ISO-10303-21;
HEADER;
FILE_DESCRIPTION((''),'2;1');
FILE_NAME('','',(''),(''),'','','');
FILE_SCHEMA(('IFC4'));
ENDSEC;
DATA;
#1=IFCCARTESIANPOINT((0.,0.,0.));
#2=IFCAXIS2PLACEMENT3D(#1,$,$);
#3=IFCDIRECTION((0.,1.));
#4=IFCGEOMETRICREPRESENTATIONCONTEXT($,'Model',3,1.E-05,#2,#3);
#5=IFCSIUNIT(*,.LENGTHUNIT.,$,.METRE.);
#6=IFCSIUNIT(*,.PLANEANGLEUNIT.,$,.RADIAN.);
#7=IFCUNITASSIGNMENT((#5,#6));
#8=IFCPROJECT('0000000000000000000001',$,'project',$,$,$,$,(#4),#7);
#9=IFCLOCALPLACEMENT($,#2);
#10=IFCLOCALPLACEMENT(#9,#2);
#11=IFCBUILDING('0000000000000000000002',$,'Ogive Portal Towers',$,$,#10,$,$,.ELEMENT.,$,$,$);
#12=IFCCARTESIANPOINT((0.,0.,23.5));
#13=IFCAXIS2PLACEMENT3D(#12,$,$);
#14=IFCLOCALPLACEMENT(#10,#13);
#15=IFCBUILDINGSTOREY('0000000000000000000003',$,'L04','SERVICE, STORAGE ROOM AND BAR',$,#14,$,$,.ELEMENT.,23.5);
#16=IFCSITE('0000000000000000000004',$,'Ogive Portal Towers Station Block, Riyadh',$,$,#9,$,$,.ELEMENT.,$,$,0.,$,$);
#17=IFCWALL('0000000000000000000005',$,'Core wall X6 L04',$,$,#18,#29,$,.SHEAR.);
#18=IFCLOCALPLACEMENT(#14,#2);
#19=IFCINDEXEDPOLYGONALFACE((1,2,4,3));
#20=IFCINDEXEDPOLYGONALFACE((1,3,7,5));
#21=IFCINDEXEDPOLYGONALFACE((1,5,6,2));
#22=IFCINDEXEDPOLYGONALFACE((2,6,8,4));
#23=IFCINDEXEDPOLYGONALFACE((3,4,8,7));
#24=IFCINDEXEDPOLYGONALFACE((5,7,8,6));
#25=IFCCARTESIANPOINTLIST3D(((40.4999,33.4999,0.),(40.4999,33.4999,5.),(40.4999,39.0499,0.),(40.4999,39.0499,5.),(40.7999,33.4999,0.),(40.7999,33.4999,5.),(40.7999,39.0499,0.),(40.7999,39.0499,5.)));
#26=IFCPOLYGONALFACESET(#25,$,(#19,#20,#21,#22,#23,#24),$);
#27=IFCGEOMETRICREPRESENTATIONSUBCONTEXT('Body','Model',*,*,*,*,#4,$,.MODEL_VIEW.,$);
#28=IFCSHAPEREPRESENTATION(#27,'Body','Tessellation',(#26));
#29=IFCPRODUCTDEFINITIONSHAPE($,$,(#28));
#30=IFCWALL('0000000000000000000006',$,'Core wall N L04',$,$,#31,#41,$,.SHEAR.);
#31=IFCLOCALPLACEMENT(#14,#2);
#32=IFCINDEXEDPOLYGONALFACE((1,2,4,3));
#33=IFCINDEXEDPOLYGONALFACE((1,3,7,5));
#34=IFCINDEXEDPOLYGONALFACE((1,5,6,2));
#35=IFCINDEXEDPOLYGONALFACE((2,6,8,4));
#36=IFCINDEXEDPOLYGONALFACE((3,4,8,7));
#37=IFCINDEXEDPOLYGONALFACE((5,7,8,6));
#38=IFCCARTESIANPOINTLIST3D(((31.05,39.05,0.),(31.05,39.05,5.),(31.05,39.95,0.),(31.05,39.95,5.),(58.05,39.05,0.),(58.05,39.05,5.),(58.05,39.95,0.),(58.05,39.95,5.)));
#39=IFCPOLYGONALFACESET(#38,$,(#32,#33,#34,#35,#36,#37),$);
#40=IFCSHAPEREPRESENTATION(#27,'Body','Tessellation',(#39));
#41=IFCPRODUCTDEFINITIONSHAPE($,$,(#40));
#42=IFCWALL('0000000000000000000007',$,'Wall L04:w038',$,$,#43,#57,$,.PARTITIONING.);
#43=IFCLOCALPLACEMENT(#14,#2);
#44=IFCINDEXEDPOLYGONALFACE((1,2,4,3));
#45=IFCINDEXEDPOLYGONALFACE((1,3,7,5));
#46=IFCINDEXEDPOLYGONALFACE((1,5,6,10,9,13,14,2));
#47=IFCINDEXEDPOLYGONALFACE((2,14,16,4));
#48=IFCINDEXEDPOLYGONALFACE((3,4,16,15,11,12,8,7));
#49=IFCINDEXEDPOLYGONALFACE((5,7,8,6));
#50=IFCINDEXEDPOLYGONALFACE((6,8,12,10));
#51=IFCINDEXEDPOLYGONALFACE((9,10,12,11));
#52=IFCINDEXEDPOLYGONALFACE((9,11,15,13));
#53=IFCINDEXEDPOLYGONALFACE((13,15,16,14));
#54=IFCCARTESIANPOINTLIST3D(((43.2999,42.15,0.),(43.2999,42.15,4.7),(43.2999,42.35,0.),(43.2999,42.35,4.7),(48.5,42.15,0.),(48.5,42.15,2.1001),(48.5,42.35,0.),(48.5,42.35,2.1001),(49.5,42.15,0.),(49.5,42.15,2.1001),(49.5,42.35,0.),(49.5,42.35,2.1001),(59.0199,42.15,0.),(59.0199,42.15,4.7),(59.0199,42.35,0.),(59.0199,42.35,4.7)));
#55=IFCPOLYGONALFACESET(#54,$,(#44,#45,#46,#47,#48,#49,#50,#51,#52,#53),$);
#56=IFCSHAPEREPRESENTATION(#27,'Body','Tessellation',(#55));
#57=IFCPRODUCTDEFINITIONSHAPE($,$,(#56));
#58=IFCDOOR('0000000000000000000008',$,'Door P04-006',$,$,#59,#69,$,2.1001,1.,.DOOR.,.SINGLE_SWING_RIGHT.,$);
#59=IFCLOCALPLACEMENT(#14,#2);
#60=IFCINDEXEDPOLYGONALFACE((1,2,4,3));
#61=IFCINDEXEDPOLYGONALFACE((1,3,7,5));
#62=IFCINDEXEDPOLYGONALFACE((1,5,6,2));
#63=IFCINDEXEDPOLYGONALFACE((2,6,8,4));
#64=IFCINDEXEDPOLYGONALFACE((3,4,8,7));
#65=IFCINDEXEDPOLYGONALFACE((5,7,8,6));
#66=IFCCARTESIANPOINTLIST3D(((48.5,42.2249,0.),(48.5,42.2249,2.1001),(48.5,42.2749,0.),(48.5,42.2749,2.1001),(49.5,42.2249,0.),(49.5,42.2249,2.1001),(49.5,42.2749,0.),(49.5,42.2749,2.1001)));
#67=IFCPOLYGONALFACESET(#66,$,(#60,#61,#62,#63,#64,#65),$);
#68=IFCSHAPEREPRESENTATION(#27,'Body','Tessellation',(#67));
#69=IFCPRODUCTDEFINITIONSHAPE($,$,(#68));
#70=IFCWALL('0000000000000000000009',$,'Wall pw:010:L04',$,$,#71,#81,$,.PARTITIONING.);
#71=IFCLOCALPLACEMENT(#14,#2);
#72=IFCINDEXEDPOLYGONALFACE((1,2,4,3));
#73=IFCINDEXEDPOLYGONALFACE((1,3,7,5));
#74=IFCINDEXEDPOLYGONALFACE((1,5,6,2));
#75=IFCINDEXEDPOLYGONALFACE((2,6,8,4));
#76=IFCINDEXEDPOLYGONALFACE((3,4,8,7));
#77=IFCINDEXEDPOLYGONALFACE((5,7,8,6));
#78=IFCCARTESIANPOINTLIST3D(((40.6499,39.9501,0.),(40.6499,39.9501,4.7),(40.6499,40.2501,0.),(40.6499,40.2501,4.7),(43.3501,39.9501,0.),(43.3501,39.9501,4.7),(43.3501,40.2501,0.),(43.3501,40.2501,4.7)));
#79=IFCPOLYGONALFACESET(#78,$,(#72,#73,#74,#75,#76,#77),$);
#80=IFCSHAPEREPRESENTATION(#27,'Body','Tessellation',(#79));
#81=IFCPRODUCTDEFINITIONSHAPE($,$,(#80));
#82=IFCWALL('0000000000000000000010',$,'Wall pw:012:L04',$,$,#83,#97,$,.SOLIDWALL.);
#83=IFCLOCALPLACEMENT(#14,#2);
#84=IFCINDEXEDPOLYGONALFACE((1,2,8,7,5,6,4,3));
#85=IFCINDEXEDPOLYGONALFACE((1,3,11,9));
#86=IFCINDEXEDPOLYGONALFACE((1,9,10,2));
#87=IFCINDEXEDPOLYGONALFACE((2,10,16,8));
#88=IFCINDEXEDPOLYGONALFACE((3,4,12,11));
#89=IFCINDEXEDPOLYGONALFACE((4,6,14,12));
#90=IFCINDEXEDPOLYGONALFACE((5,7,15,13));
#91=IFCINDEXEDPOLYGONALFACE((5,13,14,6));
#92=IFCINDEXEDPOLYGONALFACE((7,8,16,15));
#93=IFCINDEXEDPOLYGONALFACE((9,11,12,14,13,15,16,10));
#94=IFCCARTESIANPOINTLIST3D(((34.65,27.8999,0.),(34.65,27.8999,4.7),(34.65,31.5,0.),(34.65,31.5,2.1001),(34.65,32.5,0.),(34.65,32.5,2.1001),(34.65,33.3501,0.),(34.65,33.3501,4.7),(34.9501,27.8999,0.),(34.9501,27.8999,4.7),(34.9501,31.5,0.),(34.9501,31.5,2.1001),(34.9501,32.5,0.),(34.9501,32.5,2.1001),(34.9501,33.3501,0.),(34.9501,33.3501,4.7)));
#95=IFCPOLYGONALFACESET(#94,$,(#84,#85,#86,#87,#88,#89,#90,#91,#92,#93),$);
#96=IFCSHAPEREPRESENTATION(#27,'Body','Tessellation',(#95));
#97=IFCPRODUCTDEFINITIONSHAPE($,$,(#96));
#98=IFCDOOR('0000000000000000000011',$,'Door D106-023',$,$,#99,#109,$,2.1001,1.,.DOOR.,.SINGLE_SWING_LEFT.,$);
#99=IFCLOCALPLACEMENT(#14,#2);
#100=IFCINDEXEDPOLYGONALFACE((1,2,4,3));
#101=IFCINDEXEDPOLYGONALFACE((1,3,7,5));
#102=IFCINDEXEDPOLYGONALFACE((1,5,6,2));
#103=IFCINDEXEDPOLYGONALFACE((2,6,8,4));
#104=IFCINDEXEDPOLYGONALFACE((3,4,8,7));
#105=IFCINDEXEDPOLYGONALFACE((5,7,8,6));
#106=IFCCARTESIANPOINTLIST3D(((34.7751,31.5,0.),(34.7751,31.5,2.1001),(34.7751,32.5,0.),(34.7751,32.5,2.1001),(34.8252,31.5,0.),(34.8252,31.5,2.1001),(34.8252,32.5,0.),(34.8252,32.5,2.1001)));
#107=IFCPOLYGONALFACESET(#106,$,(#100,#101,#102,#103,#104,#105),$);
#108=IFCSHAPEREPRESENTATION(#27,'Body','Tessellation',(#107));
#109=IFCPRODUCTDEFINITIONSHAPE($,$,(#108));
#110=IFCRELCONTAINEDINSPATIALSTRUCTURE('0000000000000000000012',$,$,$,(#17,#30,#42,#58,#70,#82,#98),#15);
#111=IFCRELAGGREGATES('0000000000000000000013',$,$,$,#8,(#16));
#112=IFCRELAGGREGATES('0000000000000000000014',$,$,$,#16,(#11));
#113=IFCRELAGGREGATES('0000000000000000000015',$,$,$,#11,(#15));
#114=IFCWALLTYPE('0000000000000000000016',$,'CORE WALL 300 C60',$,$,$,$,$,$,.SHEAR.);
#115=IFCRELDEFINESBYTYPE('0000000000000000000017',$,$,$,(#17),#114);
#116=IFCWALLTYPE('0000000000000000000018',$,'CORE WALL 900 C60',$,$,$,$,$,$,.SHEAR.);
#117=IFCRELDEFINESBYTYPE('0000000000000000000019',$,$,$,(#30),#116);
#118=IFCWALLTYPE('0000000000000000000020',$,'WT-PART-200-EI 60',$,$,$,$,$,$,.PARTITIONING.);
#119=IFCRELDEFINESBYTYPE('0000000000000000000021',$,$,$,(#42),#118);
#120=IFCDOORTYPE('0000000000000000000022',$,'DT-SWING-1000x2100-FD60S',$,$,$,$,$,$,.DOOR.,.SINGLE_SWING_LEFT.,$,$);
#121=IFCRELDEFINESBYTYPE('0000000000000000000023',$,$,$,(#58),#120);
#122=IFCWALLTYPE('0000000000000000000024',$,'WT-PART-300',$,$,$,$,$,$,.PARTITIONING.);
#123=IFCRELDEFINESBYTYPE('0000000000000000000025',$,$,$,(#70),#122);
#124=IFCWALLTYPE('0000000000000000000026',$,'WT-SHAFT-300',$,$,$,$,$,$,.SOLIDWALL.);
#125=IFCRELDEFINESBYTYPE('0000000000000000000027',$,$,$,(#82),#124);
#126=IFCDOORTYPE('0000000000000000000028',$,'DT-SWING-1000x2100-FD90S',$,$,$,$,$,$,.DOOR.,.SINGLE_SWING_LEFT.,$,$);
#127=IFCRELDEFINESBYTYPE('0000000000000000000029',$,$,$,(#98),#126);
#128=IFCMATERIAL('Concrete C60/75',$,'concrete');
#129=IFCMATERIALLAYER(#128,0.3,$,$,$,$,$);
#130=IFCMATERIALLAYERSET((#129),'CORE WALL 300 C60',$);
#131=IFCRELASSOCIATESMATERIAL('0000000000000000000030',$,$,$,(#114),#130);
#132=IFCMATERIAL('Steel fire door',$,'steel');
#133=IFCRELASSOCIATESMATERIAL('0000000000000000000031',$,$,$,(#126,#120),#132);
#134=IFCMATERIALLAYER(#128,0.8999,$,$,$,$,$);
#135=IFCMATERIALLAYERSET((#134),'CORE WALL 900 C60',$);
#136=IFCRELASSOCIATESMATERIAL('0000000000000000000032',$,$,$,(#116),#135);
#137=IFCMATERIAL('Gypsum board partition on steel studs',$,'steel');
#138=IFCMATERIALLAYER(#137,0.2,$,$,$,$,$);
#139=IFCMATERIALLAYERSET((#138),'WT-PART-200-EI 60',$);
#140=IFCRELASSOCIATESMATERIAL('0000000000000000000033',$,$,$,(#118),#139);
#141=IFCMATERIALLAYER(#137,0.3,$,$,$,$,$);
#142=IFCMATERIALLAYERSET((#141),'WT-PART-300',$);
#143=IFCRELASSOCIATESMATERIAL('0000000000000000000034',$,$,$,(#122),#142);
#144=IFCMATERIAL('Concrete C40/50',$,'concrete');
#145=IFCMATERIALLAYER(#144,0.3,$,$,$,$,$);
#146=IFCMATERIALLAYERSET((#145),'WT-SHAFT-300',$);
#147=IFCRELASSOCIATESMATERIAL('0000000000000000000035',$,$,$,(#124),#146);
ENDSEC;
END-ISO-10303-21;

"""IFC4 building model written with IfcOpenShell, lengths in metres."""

from ifc_helpers import new_model, si_unit, direction, frame, frame_2d, origin, place, context, subcontext, project, spatial, rectangle, extrude, material, layer, layer_set, type_object, element, fill, save


model = new_model("IFC4")

# Units and contexts
model_context = context("Model", 3, precision=1e-05, world=origin(), true_north=direction((0.0, 1.0)))
body_context = subcontext(model_context, "Body", "Model", "MODEL_VIEW")
ifc_project = project(units=[si_unit("LENGTHUNIT", "METRE"), si_unit("PLANEANGLEUNIT", "RADIAN")], contexts=[model_context])

# Site, building, storey
site_placement = place(None, origin())
site = spatial("IfcSite", under=ifc_project, at=site_placement, Name="Ogive Portal Towers Station Block, Riyadh", CompositionType="ELEMENT", RefElevation=0.0)
building_placement = place(site_placement, origin())
building = spatial("IfcBuilding", under=site, at=building_placement, Name="Ogive Portal Towers", CompositionType="ELEMENT")
storey_placement = place(building_placement, frame((0.0, 0.0, 23.5)))
storey = spatial("IfcBuildingStorey", under=building, at=storey_placement, Name="L04", Description="SERVICE, STORAGE ROOM AND BAR", CompositionType="ELEMENT", Elevation=23.5)

# Shared definitions
ifc_material_1 = material(Name="Concrete C40/50", Category="concrete")

# Shared definitions
ifc_material_2 = material(Name="Concrete C60/75", Category="concrete")
ifc_layer_1 = layer(ifc_material_2, 0.3)
ifc_layer_set_1 = layer_set([ifc_layer_1], Name="CORE WALL 300 C60")
wall_type_1 = type_object("IfcWallType", Name="CORE WALL 300 C60", PredefinedType="SHEAR", material=ifc_layer_set_1)
ifc_material_3 = material(Name="Steel fire door", Category="steel")
door_type_1 = type_object("IfcDoorType", Name="DT-SWING-1000x2100-FD90S", OperationType="SINGLE_SWING_LEFT", PredefinedType="DOOR", material=ifc_material_3)

# Wall
wall_1_placement = place(storey_placement, frame((40.6499, 33.5, 0.0), z_axis=(0.0, 0.0, 1.0), x_axis=(0.0, 1.0, 0.0)))
element("IfcWall", 1, at=wall_1_placement, inside=storey, type_object=wall_type_1, Name="Core wall X6 L04", PredefinedType="SHEAR", context=body_context, shape_type="SweptSolid", body=[
    extrude(rectangle(XDim=5.55, YDim=0.3, at=frame_2d((2.7749, 0.0))), origin(), (0.0, 0.0, 1.0), 5.0),
])

# Wall
ifc_layer_2 = layer(ifc_material_2, 0.8999)
ifc_layer_set_2 = layer_set([ifc_layer_2], Name="CORE WALL 900 C60")
wall_type_2 = type_object("IfcWallType", Name="CORE WALL 900 C60", PredefinedType="SHEAR", material=ifc_layer_set_2)
wall_2_placement = place(storey_placement, frame((31.05, 39.5, 0.0), z_axis=(0.0, 0.0, 1.0), x_axis=(1.0, 0.0, 0.0)))
element("IfcWall", 2, at=wall_2_placement, inside=storey, type_object=wall_type_2, Name="Core wall N L04", PredefinedType="SHEAR", context=body_context, shape_type="SweptSolid", body=[
    extrude(rectangle(XDim=27.0, YDim=0.8999, at=frame_2d((13.5, 0.0))), origin(), (0.0, 0.0, 1.0), 5.0),
])

# Wall, opening, door
ifc_material_4 = material(Name="Gypsum board partition on steel studs", Category="steel")
ifc_layer_3 = layer(ifc_material_4, 0.2)
ifc_layer_set_3 = layer_set([ifc_layer_3], Name="WT-PART-200-EI 60")
wall_type_3 = type_object("IfcWallType", Name="WT-PART-200-EI 60", PredefinedType="PARTITIONING", material=ifc_layer_set_3)
wall_3_placement = place(storey_placement, frame((43.3, 42.25, 0.0), z_axis=(0.0, 0.0, 1.0), x_axis=(1.0, 0.0, 0.0)))
wall_3 = element("IfcWall", 3, at=wall_3_placement, inside=storey, type_object=wall_type_3, Name="Wall L04:w038", PredefinedType="PARTITIONING", context=body_context, shape_type="SweptSolid", body=[
    extrude(rectangle(XDim=15.72, YDim=0.2, at=frame_2d((7.8599, 0.0))), origin(), (0.0, 0.0, 1.0), 4.7),
])
opening_1_placement = place(wall_3_placement, frame((5.2, 0.0, 0.0)))
opening_1 = element("IfcOpeningElement", 4, at=opening_1_placement, cuts=wall_3, PredefinedType="OPENING", context=body_context, shape_type="SweptSolid", body=[
    extrude(rectangle(XDim=1.0, YDim=2.1001, at=frame_2d((0.5, 1.05))), frame((0.0, 0.1099, 0.0), z_axis=(0.0, -1.0, 0.0), x_axis=(1.0, 0.0, 0.0)), (0.0, 0.0, 1.0), 0.22),
])
door_type_2 = type_object("IfcDoorType", Name="DT-SWING-1000x2100-FD60S", OperationType="SINGLE_SWING_LEFT", PredefinedType="DOOR", material=ifc_material_3)
door_1_placement = place(opening_1_placement, origin())
door_1 = element("IfcDoor", 5, at=door_1_placement, inside=storey, type_object=door_type_2, Name="Door P04-006", OperationType="SINGLE_SWING_RIGHT", OverallHeight=2.1001, OverallWidth=1.0, PredefinedType="DOOR", context=body_context, shape_type="SweptSolid", body=[
    extrude(rectangle(XDim=1.0, YDim=2.1001, at=frame_2d((0.5, 1.05))), frame((0.0, 0.0249, 0.0), z_axis=(0.0, -1.0, 0.0), x_axis=(1.0, 0.0, 0.0)), (0.0, 0.0, 1.0), 0.05),
])
fill(opening_1, door_1)

# Wall
ifc_layer_4 = layer(ifc_material_4, 0.3)
ifc_layer_set_4 = layer_set([ifc_layer_4], Name="WT-PART-300")
wall_type_4 = type_object("IfcWallType", Name="WT-PART-300", PredefinedType="PARTITIONING", material=ifc_layer_set_4)
wall_4_placement = place(storey_placement, frame((40.6499, 40.1001, 0.0), z_axis=(0.0, 0.0, 1.0), x_axis=(1.0, 0.0, 0.0)))
element("IfcWall", 6, at=wall_4_placement, inside=storey, type_object=wall_type_4, Name="Wall pw:010:L04", PredefinedType="PARTITIONING", context=body_context, shape_type="SweptSolid", body=[
    extrude(rectangle(XDim=2.7002, YDim=0.3, at=frame_2d((1.3501, 0.0))), origin(), (0.0, 0.0, 1.0), 4.7),
])

# Shared definitions
ifc_layer_5 = layer(ifc_material_1, 0.3)
ifc_layer_set_5 = layer_set([ifc_layer_5], Name="WT-SHAFT-300")
wall_type_5 = type_object("IfcWallType", Name="WT-SHAFT-300", PredefinedType="SOLIDWALL", material=ifc_layer_set_5)

# Wall, opening, door
wall_5_placement = place(storey_placement, frame((34.8, 27.8999, 0.0), z_axis=(0.0, 0.0, 1.0), x_axis=(0.0, 1.0, 0.0)))
wall_5 = element("IfcWall", 7, at=wall_5_placement, inside=storey, type_object=wall_type_5, Name="Wall pw:012:L04", PredefinedType="SOLIDWALL", context=body_context, shape_type="SweptSolid", body=[
    extrude(rectangle(XDim=5.4502, YDim=0.3, at=frame_2d((2.7251, 0.0))), origin(), (0.0, 0.0, 1.0), 4.7),
])
opening_2_placement = place(wall_5_placement, frame((3.6001, 0.0, 0.0)))
opening_2 = element("IfcOpeningElement", 8, at=opening_2_placement, cuts=wall_5, PredefinedType="OPENING", context=body_context, shape_type="SweptSolid", body=[
    extrude(rectangle(XDim=1.0, YDim=2.1001, at=frame_2d((0.5, 1.05))), frame((0.0, 0.1602, 0.0), z_axis=(0.0, -1.0, 0.0), x_axis=(1.0, 0.0, 0.0)), (0.0, 0.0, 1.0), 0.3201),
])
door_2_placement = place(opening_2_placement, origin())
door_2 = element("IfcDoor", 9, at=door_2_placement, inside=storey, type_object=door_type_1, Name="Door D106-023", OperationType="SINGLE_SWING_LEFT", OverallHeight=2.1001, OverallWidth=1.0, PredefinedType="DOOR", context=body_context, shape_type="SweptSolid", body=[
    extrude(rectangle(XDim=1.0, YDim=2.1001, at=frame_2d((0.5, 1.05))), frame((0.0, 0.0249, 0.0), z_axis=(0.0, -1.0, 0.0), x_axis=(1.0, 0.0, 0.0)), (0.0, 0.0, 1.0), 0.05),
])
fill(opening_2, door_2)

save(model, "model.ifc")
